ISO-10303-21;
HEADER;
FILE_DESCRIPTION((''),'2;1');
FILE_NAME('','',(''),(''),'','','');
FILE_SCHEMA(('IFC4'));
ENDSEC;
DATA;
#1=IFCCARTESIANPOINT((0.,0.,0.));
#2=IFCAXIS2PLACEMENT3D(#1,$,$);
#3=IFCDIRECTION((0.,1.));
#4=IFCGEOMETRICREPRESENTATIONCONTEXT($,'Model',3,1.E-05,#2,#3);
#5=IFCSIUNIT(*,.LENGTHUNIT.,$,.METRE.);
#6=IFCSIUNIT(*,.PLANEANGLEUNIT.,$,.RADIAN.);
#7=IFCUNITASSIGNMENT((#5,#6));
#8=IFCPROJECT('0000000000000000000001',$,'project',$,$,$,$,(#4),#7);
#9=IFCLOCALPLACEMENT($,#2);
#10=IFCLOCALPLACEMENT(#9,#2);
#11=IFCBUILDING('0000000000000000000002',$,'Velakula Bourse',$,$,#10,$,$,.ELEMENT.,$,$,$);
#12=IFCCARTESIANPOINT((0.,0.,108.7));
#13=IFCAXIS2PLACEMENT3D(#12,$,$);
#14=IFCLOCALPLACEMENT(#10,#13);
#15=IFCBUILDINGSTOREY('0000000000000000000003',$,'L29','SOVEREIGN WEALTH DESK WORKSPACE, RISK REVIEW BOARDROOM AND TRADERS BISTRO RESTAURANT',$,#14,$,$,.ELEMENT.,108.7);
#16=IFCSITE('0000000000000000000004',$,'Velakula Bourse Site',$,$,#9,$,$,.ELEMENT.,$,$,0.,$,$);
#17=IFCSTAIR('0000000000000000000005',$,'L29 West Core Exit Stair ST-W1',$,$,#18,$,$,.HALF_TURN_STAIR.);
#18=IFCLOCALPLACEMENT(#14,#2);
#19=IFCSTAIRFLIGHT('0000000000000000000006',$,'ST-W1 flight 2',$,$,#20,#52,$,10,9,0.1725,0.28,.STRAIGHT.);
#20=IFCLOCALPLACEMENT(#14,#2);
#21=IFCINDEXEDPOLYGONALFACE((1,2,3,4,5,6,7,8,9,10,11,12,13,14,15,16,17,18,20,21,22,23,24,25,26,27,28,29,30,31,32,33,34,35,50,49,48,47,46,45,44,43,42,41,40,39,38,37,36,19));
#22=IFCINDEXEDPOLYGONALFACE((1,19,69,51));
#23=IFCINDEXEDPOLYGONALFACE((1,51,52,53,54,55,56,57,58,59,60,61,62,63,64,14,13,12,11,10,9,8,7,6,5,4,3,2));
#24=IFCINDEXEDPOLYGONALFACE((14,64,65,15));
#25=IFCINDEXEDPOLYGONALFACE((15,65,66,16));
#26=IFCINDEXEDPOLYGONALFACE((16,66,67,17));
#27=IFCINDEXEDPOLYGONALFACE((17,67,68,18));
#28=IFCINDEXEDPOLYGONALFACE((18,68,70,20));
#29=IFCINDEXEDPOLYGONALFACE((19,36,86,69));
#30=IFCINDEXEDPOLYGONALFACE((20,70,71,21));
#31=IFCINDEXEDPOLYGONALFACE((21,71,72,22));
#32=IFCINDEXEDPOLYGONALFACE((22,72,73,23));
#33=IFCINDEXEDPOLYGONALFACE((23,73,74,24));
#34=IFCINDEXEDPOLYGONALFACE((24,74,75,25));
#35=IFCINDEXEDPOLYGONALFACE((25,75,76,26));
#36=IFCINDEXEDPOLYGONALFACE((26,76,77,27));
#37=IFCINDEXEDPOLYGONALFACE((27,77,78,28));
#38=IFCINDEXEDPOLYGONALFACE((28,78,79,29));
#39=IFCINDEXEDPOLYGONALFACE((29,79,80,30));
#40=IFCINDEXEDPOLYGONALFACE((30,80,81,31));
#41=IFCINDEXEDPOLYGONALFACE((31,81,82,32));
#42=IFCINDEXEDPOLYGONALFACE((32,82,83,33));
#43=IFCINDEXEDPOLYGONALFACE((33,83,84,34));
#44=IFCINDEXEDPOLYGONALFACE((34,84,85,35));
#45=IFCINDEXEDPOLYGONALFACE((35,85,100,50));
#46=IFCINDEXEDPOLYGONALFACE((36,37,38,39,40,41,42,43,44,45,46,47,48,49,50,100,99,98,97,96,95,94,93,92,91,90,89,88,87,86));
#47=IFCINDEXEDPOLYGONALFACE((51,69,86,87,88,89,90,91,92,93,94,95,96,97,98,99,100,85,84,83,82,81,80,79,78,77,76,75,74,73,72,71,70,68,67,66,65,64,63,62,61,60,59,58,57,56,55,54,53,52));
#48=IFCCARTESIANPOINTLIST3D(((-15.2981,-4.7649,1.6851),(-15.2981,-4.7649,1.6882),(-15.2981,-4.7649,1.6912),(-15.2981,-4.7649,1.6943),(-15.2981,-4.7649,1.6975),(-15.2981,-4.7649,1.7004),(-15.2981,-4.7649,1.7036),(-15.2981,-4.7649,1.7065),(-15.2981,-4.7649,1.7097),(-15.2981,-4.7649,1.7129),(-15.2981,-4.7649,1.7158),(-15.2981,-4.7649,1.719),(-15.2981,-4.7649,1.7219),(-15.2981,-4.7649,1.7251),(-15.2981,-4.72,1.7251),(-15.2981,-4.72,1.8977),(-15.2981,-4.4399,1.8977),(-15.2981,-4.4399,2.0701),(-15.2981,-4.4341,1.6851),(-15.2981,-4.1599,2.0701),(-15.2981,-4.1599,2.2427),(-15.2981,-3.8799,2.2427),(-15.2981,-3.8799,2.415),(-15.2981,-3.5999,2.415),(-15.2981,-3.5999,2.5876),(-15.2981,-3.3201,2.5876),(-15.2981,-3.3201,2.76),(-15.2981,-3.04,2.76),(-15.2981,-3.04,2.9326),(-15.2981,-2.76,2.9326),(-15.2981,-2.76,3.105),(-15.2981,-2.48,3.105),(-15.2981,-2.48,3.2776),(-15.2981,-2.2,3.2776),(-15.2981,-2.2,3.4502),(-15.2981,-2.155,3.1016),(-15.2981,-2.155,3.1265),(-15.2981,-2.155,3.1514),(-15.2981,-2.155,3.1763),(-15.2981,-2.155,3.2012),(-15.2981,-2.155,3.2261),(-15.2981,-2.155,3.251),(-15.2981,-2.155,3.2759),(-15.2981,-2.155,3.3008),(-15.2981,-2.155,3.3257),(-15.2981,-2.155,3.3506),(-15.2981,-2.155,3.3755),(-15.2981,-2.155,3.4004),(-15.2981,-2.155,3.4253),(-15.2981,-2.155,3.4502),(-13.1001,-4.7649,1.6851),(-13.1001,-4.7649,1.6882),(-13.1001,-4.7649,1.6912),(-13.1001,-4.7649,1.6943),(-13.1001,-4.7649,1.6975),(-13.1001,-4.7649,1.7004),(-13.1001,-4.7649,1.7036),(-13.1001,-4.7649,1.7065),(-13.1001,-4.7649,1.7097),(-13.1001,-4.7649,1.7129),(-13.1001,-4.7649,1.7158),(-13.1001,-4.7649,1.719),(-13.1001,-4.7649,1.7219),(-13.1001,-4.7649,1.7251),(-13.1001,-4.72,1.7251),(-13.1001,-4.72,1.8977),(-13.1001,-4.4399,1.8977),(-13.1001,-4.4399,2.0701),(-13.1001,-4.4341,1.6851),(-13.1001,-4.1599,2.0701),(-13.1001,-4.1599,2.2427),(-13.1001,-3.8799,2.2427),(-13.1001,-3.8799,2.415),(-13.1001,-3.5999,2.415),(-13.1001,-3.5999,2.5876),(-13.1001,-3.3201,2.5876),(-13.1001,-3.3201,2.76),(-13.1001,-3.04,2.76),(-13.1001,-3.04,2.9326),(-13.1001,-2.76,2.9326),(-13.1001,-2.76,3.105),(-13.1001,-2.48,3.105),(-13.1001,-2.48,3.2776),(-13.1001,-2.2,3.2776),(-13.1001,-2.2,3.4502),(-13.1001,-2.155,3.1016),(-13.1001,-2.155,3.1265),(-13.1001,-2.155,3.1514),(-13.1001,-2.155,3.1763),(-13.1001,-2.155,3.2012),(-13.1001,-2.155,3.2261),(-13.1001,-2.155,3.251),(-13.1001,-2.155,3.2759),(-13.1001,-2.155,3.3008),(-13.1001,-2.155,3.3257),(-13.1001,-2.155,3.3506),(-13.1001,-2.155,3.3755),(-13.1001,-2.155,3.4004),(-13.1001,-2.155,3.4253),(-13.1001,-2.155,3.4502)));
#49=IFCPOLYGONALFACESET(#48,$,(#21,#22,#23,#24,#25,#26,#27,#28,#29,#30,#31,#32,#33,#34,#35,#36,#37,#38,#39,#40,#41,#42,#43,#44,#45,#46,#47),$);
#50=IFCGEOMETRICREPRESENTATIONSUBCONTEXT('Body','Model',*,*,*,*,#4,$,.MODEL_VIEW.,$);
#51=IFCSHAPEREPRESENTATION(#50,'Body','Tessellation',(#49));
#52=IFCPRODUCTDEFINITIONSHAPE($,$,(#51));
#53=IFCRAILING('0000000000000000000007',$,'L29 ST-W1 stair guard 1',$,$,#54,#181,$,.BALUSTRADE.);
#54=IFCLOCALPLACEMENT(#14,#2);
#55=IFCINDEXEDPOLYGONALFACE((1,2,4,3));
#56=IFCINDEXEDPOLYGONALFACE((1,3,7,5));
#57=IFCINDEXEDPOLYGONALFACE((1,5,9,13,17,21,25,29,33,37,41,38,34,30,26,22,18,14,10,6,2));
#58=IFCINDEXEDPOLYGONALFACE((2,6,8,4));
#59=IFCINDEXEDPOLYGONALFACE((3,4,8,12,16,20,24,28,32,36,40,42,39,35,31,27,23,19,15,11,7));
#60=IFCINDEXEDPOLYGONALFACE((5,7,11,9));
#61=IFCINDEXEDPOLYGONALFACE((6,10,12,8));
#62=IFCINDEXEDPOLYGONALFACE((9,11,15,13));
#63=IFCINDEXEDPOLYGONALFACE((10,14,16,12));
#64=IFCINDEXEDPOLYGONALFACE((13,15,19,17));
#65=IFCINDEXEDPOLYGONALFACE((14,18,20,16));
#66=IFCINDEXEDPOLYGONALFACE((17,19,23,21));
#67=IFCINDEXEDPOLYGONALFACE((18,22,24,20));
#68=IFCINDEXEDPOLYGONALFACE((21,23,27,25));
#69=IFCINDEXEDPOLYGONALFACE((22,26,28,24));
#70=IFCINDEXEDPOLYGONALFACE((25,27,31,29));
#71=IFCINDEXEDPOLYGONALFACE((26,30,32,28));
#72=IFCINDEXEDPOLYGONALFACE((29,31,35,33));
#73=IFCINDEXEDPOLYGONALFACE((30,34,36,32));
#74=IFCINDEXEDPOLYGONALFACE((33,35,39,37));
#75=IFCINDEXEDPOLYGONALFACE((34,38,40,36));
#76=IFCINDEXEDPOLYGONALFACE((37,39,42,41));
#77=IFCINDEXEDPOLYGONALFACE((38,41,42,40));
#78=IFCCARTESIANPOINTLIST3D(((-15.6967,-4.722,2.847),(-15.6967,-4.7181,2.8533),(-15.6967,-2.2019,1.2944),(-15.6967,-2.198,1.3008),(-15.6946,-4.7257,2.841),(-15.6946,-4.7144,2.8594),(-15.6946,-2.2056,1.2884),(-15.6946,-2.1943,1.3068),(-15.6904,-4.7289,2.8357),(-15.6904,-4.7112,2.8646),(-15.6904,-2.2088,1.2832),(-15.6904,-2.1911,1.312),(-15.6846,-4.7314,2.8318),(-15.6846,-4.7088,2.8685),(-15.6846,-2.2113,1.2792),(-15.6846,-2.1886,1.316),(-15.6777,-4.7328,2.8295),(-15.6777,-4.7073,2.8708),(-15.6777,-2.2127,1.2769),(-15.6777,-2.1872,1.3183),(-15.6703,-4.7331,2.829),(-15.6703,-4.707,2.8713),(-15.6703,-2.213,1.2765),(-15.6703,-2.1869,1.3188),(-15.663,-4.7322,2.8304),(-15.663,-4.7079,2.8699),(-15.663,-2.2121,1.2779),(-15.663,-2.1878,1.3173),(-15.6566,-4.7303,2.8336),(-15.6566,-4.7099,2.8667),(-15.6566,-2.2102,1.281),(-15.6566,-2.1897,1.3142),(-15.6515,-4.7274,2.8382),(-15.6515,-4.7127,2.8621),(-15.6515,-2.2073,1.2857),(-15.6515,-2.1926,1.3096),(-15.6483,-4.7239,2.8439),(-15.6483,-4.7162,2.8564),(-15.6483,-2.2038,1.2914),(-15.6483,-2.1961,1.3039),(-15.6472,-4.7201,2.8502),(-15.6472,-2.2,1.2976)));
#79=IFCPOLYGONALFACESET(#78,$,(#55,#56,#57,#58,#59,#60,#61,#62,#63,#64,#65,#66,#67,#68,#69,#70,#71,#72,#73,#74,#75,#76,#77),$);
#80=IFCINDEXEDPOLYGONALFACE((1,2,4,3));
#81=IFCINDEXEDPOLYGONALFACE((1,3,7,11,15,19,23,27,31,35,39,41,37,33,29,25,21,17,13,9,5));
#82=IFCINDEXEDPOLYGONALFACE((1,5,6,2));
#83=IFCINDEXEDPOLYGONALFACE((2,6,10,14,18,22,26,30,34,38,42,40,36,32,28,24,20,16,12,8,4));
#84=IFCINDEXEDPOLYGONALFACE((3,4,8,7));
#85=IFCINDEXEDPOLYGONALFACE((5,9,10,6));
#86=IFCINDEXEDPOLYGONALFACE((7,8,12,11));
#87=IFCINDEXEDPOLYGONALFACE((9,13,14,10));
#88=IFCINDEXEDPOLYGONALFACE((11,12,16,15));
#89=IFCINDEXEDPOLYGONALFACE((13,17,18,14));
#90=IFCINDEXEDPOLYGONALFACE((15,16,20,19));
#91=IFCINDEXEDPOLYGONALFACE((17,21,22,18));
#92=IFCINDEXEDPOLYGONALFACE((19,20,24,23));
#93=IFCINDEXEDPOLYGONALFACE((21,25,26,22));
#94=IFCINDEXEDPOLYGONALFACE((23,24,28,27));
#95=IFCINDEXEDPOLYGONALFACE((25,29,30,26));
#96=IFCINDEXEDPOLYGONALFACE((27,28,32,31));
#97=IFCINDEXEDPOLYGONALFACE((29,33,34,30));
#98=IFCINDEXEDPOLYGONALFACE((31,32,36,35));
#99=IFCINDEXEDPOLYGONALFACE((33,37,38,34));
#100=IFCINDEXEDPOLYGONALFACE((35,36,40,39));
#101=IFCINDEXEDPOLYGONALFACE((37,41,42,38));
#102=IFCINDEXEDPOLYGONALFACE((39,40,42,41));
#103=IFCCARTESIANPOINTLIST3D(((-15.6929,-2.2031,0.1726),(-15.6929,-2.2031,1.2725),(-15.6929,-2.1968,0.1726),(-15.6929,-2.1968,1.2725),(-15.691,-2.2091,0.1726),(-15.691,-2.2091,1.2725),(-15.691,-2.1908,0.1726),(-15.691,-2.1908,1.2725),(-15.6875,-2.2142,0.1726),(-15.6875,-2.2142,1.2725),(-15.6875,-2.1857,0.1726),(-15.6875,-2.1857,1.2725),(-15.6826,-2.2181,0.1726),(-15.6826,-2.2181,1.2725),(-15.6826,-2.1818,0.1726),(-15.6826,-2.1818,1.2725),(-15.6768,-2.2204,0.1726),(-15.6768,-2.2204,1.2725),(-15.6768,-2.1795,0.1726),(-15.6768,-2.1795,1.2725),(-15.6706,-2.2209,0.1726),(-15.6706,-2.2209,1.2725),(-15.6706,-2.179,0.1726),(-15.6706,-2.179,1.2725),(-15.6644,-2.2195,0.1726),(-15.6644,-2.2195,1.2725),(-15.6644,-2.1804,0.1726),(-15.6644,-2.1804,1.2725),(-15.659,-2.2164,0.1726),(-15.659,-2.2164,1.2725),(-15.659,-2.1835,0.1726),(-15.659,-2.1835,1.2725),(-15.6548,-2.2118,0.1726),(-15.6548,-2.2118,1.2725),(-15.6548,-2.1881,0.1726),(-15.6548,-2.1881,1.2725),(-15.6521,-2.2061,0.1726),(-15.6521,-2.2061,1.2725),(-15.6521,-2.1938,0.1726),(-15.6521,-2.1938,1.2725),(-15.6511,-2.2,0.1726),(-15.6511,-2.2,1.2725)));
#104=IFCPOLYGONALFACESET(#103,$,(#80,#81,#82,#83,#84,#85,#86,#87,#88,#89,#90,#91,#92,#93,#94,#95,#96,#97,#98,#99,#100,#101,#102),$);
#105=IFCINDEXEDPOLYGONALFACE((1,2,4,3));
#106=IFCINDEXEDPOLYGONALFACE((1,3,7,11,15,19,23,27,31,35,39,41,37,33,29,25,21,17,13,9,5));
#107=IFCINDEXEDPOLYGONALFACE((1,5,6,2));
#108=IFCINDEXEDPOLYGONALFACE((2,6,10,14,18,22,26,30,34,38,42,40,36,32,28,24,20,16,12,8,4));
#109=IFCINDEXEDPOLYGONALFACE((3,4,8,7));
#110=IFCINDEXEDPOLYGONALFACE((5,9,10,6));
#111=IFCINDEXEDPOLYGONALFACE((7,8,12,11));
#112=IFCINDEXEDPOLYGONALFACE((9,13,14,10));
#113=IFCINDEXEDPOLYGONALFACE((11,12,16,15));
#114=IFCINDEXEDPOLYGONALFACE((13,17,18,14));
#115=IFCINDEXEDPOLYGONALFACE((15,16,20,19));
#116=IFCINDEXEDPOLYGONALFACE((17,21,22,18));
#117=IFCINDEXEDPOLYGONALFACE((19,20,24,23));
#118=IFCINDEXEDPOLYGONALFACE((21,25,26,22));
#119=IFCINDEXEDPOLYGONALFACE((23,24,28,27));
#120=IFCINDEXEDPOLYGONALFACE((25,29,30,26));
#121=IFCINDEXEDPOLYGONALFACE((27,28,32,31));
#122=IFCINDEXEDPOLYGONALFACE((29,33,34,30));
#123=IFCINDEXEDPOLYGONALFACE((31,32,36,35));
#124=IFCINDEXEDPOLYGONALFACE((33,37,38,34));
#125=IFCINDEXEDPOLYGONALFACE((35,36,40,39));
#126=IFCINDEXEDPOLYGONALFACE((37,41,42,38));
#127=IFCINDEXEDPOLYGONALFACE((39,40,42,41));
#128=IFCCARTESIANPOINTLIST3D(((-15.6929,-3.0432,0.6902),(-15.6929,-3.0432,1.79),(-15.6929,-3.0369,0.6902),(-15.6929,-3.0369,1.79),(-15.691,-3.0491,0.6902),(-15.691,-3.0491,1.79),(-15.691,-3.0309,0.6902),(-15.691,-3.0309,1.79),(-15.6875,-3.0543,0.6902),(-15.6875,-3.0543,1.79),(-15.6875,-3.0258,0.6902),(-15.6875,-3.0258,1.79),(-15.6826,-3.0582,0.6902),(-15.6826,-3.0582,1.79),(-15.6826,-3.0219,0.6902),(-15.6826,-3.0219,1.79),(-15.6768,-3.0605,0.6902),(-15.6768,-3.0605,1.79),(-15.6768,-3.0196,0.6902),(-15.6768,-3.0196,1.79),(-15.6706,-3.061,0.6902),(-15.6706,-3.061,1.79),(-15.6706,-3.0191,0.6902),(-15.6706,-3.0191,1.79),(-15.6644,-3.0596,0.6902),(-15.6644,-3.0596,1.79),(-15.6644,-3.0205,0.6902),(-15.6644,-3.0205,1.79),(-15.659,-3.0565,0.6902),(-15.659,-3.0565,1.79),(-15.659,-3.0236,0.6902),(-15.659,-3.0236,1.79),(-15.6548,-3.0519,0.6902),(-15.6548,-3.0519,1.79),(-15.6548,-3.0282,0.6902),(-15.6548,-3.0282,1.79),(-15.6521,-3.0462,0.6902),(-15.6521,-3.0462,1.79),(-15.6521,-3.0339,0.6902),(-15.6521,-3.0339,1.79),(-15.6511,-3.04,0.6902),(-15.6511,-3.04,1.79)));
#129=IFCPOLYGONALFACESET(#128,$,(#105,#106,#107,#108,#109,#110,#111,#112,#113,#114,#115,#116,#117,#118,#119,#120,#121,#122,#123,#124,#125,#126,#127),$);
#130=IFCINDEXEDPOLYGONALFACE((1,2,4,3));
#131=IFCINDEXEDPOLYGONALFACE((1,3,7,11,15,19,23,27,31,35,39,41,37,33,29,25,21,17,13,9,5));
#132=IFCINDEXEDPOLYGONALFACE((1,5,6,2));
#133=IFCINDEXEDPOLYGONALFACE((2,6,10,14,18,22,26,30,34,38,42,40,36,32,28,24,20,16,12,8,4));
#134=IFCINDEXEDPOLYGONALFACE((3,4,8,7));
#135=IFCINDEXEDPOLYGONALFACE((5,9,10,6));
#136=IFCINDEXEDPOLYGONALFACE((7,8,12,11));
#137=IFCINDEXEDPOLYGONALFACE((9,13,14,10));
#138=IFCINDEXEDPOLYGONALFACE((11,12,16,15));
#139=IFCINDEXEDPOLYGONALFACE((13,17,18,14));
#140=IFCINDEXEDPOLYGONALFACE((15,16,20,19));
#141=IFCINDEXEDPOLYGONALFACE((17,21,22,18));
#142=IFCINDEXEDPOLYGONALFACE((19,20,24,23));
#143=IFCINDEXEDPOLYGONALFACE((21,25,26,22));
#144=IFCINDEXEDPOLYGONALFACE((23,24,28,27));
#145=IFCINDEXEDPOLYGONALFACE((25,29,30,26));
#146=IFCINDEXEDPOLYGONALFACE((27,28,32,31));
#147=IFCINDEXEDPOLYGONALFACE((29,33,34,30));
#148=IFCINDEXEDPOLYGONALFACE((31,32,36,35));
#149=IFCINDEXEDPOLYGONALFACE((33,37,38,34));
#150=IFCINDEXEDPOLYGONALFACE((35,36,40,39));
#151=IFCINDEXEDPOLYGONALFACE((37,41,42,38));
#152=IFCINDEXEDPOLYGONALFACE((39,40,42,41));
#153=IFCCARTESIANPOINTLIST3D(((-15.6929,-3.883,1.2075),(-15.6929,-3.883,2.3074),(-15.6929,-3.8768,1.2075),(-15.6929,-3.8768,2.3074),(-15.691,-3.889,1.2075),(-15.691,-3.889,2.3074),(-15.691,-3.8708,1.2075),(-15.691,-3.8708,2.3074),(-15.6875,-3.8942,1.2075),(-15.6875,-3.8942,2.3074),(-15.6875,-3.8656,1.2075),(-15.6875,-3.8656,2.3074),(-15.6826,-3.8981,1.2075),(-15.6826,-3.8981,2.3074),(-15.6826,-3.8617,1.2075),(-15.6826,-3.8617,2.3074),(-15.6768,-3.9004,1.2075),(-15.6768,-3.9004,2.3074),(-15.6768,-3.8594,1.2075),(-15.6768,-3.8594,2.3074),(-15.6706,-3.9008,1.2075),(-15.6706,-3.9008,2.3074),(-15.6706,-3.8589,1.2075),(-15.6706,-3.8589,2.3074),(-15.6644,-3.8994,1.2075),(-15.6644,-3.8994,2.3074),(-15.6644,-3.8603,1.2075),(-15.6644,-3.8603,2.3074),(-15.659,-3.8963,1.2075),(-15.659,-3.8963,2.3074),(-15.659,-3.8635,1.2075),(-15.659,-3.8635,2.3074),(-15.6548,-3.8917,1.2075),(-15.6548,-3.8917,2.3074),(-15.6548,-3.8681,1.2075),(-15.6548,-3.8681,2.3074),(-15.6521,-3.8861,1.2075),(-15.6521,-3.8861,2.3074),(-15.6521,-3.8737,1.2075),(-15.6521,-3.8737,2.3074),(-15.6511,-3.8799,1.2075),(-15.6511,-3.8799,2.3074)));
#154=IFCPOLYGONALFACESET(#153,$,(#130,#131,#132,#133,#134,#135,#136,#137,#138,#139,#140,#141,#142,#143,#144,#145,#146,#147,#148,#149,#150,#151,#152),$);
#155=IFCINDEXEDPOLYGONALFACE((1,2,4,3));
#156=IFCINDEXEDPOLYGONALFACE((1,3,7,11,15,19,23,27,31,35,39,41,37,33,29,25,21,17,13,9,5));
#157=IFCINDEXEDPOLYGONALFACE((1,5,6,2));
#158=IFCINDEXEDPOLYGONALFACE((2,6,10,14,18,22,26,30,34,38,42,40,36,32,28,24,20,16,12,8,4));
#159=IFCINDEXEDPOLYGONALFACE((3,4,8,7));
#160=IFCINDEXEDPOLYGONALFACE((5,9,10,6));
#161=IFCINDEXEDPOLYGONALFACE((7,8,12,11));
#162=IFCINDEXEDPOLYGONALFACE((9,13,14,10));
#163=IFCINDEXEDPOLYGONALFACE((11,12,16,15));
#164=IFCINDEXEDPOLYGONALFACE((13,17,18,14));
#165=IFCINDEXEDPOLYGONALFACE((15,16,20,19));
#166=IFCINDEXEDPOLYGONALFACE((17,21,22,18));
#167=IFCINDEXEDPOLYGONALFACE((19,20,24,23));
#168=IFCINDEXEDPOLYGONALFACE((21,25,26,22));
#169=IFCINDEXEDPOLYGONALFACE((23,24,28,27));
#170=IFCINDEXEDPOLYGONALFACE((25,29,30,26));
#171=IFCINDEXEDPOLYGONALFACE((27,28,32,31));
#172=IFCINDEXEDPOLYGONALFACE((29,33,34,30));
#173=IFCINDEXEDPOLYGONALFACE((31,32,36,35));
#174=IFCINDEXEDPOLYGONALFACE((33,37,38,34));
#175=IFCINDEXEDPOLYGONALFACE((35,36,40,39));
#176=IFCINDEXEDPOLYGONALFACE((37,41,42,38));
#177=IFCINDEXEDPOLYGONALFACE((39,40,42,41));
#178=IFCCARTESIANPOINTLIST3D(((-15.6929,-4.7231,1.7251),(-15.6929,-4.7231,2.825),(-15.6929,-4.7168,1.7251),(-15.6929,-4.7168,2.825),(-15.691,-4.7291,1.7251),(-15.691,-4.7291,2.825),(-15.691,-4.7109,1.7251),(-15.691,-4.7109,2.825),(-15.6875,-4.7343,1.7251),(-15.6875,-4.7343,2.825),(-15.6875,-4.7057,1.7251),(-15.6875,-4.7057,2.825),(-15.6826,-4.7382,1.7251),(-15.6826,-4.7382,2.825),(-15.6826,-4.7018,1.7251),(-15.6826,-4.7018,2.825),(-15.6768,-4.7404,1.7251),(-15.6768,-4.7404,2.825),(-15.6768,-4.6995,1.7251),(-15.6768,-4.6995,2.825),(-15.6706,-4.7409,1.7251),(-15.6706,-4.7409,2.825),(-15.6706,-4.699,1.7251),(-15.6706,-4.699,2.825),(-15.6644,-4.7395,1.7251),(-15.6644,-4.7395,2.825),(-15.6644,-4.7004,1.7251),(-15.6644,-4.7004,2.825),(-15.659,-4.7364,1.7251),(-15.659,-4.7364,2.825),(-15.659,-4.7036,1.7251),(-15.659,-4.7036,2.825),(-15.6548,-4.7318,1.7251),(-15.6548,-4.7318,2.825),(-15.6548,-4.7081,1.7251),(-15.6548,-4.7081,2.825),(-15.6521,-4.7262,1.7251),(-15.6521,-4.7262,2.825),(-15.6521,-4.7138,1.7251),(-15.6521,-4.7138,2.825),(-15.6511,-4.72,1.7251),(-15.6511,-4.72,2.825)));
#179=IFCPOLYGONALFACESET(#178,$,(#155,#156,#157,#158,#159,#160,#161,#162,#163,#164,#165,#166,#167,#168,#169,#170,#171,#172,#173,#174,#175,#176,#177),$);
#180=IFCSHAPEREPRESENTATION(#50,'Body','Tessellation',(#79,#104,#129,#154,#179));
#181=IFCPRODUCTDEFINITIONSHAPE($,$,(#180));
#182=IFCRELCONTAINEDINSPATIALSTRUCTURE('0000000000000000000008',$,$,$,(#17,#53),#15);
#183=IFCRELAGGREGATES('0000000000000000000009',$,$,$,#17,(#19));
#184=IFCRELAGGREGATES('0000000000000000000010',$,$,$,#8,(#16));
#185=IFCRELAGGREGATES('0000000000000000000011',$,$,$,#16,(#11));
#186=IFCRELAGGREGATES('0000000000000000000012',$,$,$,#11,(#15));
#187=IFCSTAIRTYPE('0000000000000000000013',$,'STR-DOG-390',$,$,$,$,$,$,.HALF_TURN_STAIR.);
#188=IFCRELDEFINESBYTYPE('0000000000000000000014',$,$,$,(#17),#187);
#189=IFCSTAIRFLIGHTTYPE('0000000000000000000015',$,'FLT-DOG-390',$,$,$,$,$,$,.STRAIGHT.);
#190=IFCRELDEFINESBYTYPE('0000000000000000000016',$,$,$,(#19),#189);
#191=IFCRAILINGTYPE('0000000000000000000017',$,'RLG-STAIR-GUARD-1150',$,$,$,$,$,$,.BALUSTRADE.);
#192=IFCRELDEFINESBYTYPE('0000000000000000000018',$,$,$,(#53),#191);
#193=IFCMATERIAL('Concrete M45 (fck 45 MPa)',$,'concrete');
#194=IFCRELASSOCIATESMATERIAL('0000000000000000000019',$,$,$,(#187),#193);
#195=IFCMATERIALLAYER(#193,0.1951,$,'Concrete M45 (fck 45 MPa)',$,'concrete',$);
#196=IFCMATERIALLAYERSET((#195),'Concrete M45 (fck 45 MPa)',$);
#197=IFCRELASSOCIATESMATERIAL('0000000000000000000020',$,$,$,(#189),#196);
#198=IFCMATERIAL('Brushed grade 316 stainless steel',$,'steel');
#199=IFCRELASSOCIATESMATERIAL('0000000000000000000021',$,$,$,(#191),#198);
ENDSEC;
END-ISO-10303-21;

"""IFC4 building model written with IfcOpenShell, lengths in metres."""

from ifc_helpers import new_model, si_unit, direction, frame, origin, origin_2d, place, context, subcontext, project, spatial, polyline, circle, outline, extrude, material, layer, layer_set, type_object, element, aggregate, save


model = new_model("IFC4")

# Units and contexts
model_context = context("Model", 3, precision=1e-05, world=origin(), true_north=direction((0.0, 1.0)))
body_context = subcontext(model_context, "Body", "Model", "MODEL_VIEW")
ifc_project = project(units=[si_unit("LENGTHUNIT", "METRE"), si_unit("PLANEANGLEUNIT", "RADIAN")], contexts=[model_context])

# Site, building, storey
site_placement = place(None, origin())
site = spatial("IfcSite", under=ifc_project, at=site_placement, Name="Velakula Bourse Site", CompositionType="ELEMENT", RefElevation=0.0)
building_placement = place(site_placement, origin())
building = spatial("IfcBuilding", under=site, at=building_placement, Name="Velakula Bourse", CompositionType="ELEMENT")
storey_placement = place(building_placement, frame((0.0, 0.0, 108.7)))
storey = spatial("IfcBuildingStorey", under=building, at=storey_placement, Name="L29", Description="SOVEREIGN WEALTH DESK WORKSPACE, RISK REVIEW BOARDROOM AND TRADERS BISTRO RESTAURANT", CompositionType="ELEMENT", Elevation=108.7)

# Shared definitions
ifc_material_1 = material(Name="Brushed grade 316 stainless steel", Category="steel")

# Stair, stair flight
ifc_material_2 = material(Name="Concrete M45 (fck 45 MPa)", Category="concrete")
stair_type = type_object("IfcStairType", Name="STR-DOG-390", PredefinedType="HALF_TURN_STAIR", material=ifc_material_2)
stair_placement = place(storey_placement, origin())
stair = element("IfcStair", 1, at=stair_placement, inside=storey, type_object=stair_type, Name="L29 West Core Exit Stair ST-W1", PredefinedType="HALF_TURN_STAIR")
ifc_layer_1 = layer(ifc_material_2, 0.1951, Name="Concrete M45 (fck 45 MPa)", Category="concrete")
ifc_layer_set_1 = layer_set([ifc_layer_1], Name="Concrete M45 (fck 45 MPa)")
stair_flight_type = type_object("IfcStairFlightType", Name="FLT-DOG-390", PredefinedType="STRAIGHT", material=ifc_layer_set_1)
stair_flight_1_placement = place(storey_placement, frame((-14.199, -4.72, 1.7251), z_axis=(0.0, 0.0, 1.0), x_axis=(0.0, 1.0, 0.0)))
stair_flight_1 = element("IfcStairFlight", 2, at=stair_flight_1_placement, type_object=stair_flight_type, Name="ST-W1 flight 2", NumberOfRisers=10, NumberOfTreads=9, PredefinedType="STRAIGHT", RiserHeight=0.1725, TreadLength=0.28, context=body_context, shape_type="SweptSolid", body=[
    extrude(outline(polyline([(-0.0449, -0.04), (-0.0449, -0.0369), (-0.0449, -0.0339), (-0.0449, -0.0308), (-0.0449, -0.0276), (-0.0449, -0.0247), (-0.0449, -0.0215), (-0.0449, -0.0186), (-0.0449, -0.0154), (-0.0449, -0.0122), (-0.0449, -0.0093), (-0.0449, -0.0061), (-0.0449, -0.0032), (-0.0449, 0.0), (0.0, 0.0), (0.0, 0.1726), (0.28, 0.1726), (0.28, 0.345), (0.5601, 0.345), (0.5601, 0.5176), (0.8401, 0.5176), (0.8401, 0.6899), (1.1201, 0.6899), (1.1201, 0.8625), (1.3999, 0.8625), (1.3999, 1.0349), (1.6799, 1.0349), (1.6799, 1.2075), (1.96, 1.2075), (1.96, 1.3799), (2.24, 1.3799), (2.24, 1.5525), (2.52, 1.5525), (2.52, 1.7251), (2.5649, 1.7251), (2.5649, 1.7002), (2.5649, 1.6753), (2.5649, 1.6504), (2.5649, 1.6255), (2.5649, 1.6006), (2.5649, 1.5757), (2.5649, 1.5508), (2.5649, 1.5259), (2.5649, 1.501), (2.5649, 1.4761), (2.5649, 1.4512), (2.5649, 1.4263), (2.5649, 1.4014), (2.5649, 1.3765), (0.2859, -0.04), (-0.0449, -0.04)])), frame((0.0, 1.0991, 0.0), z_axis=(0.0, -1.0, 0.0), x_axis=(1.0, 0.0, 0.0)), (0.0, 0.0, 1.0), 2.198),
])
aggregate(stair, [stair_flight_1])

# Railing
railing_type_1 = type_object("IfcRailingType", Name="RLG-STAIR-GUARD-1150", PredefinedType="BALUSTRADE", material=ifc_material_1)
railing_1_placement = place(storey_placement, frame((-15.6721, -2.2, 0.1726)))
element("IfcRailing", 3, at=railing_1_placement, inside=storey, type_object=railing_type_1, Name="L29 ST-W1 stair guard 1", PredefinedType="BALUSTRADE", context=body_context, shape_type="SweptSolid", body=[
    extrude(circle(Radius=0.0249, at=origin_2d()), frame((0.0, 0.0, 1.125), z_axis=(0.0, -0.8514, 0.524516), x_axis=(1.0, 0.0, 0.0)), (0.0, 0.0, 1.0), 2.96),
    extrude(circle(Radius=0.021, at=origin_2d()), origin(), (0.0, 0.0, 1.0), 1.0999),
    extrude(circle(Radius=0.021, at=origin_2d()), frame((0.0, -0.8401, 0.5176)), (0.0, 0.0, 1.0), 1.0999),
    extrude(circle(Radius=0.021, at=origin_2d()), frame((0.0, -1.6799, 1.0349)), (0.0, 0.0, 1.0), 1.0999),
    extrude(circle(Radius=0.021, at=origin_2d()), frame((0.0, -2.52, 1.5525)), (0.0, 0.0, 1.0), 1.0999),
])

save(model, "model.ifc")
